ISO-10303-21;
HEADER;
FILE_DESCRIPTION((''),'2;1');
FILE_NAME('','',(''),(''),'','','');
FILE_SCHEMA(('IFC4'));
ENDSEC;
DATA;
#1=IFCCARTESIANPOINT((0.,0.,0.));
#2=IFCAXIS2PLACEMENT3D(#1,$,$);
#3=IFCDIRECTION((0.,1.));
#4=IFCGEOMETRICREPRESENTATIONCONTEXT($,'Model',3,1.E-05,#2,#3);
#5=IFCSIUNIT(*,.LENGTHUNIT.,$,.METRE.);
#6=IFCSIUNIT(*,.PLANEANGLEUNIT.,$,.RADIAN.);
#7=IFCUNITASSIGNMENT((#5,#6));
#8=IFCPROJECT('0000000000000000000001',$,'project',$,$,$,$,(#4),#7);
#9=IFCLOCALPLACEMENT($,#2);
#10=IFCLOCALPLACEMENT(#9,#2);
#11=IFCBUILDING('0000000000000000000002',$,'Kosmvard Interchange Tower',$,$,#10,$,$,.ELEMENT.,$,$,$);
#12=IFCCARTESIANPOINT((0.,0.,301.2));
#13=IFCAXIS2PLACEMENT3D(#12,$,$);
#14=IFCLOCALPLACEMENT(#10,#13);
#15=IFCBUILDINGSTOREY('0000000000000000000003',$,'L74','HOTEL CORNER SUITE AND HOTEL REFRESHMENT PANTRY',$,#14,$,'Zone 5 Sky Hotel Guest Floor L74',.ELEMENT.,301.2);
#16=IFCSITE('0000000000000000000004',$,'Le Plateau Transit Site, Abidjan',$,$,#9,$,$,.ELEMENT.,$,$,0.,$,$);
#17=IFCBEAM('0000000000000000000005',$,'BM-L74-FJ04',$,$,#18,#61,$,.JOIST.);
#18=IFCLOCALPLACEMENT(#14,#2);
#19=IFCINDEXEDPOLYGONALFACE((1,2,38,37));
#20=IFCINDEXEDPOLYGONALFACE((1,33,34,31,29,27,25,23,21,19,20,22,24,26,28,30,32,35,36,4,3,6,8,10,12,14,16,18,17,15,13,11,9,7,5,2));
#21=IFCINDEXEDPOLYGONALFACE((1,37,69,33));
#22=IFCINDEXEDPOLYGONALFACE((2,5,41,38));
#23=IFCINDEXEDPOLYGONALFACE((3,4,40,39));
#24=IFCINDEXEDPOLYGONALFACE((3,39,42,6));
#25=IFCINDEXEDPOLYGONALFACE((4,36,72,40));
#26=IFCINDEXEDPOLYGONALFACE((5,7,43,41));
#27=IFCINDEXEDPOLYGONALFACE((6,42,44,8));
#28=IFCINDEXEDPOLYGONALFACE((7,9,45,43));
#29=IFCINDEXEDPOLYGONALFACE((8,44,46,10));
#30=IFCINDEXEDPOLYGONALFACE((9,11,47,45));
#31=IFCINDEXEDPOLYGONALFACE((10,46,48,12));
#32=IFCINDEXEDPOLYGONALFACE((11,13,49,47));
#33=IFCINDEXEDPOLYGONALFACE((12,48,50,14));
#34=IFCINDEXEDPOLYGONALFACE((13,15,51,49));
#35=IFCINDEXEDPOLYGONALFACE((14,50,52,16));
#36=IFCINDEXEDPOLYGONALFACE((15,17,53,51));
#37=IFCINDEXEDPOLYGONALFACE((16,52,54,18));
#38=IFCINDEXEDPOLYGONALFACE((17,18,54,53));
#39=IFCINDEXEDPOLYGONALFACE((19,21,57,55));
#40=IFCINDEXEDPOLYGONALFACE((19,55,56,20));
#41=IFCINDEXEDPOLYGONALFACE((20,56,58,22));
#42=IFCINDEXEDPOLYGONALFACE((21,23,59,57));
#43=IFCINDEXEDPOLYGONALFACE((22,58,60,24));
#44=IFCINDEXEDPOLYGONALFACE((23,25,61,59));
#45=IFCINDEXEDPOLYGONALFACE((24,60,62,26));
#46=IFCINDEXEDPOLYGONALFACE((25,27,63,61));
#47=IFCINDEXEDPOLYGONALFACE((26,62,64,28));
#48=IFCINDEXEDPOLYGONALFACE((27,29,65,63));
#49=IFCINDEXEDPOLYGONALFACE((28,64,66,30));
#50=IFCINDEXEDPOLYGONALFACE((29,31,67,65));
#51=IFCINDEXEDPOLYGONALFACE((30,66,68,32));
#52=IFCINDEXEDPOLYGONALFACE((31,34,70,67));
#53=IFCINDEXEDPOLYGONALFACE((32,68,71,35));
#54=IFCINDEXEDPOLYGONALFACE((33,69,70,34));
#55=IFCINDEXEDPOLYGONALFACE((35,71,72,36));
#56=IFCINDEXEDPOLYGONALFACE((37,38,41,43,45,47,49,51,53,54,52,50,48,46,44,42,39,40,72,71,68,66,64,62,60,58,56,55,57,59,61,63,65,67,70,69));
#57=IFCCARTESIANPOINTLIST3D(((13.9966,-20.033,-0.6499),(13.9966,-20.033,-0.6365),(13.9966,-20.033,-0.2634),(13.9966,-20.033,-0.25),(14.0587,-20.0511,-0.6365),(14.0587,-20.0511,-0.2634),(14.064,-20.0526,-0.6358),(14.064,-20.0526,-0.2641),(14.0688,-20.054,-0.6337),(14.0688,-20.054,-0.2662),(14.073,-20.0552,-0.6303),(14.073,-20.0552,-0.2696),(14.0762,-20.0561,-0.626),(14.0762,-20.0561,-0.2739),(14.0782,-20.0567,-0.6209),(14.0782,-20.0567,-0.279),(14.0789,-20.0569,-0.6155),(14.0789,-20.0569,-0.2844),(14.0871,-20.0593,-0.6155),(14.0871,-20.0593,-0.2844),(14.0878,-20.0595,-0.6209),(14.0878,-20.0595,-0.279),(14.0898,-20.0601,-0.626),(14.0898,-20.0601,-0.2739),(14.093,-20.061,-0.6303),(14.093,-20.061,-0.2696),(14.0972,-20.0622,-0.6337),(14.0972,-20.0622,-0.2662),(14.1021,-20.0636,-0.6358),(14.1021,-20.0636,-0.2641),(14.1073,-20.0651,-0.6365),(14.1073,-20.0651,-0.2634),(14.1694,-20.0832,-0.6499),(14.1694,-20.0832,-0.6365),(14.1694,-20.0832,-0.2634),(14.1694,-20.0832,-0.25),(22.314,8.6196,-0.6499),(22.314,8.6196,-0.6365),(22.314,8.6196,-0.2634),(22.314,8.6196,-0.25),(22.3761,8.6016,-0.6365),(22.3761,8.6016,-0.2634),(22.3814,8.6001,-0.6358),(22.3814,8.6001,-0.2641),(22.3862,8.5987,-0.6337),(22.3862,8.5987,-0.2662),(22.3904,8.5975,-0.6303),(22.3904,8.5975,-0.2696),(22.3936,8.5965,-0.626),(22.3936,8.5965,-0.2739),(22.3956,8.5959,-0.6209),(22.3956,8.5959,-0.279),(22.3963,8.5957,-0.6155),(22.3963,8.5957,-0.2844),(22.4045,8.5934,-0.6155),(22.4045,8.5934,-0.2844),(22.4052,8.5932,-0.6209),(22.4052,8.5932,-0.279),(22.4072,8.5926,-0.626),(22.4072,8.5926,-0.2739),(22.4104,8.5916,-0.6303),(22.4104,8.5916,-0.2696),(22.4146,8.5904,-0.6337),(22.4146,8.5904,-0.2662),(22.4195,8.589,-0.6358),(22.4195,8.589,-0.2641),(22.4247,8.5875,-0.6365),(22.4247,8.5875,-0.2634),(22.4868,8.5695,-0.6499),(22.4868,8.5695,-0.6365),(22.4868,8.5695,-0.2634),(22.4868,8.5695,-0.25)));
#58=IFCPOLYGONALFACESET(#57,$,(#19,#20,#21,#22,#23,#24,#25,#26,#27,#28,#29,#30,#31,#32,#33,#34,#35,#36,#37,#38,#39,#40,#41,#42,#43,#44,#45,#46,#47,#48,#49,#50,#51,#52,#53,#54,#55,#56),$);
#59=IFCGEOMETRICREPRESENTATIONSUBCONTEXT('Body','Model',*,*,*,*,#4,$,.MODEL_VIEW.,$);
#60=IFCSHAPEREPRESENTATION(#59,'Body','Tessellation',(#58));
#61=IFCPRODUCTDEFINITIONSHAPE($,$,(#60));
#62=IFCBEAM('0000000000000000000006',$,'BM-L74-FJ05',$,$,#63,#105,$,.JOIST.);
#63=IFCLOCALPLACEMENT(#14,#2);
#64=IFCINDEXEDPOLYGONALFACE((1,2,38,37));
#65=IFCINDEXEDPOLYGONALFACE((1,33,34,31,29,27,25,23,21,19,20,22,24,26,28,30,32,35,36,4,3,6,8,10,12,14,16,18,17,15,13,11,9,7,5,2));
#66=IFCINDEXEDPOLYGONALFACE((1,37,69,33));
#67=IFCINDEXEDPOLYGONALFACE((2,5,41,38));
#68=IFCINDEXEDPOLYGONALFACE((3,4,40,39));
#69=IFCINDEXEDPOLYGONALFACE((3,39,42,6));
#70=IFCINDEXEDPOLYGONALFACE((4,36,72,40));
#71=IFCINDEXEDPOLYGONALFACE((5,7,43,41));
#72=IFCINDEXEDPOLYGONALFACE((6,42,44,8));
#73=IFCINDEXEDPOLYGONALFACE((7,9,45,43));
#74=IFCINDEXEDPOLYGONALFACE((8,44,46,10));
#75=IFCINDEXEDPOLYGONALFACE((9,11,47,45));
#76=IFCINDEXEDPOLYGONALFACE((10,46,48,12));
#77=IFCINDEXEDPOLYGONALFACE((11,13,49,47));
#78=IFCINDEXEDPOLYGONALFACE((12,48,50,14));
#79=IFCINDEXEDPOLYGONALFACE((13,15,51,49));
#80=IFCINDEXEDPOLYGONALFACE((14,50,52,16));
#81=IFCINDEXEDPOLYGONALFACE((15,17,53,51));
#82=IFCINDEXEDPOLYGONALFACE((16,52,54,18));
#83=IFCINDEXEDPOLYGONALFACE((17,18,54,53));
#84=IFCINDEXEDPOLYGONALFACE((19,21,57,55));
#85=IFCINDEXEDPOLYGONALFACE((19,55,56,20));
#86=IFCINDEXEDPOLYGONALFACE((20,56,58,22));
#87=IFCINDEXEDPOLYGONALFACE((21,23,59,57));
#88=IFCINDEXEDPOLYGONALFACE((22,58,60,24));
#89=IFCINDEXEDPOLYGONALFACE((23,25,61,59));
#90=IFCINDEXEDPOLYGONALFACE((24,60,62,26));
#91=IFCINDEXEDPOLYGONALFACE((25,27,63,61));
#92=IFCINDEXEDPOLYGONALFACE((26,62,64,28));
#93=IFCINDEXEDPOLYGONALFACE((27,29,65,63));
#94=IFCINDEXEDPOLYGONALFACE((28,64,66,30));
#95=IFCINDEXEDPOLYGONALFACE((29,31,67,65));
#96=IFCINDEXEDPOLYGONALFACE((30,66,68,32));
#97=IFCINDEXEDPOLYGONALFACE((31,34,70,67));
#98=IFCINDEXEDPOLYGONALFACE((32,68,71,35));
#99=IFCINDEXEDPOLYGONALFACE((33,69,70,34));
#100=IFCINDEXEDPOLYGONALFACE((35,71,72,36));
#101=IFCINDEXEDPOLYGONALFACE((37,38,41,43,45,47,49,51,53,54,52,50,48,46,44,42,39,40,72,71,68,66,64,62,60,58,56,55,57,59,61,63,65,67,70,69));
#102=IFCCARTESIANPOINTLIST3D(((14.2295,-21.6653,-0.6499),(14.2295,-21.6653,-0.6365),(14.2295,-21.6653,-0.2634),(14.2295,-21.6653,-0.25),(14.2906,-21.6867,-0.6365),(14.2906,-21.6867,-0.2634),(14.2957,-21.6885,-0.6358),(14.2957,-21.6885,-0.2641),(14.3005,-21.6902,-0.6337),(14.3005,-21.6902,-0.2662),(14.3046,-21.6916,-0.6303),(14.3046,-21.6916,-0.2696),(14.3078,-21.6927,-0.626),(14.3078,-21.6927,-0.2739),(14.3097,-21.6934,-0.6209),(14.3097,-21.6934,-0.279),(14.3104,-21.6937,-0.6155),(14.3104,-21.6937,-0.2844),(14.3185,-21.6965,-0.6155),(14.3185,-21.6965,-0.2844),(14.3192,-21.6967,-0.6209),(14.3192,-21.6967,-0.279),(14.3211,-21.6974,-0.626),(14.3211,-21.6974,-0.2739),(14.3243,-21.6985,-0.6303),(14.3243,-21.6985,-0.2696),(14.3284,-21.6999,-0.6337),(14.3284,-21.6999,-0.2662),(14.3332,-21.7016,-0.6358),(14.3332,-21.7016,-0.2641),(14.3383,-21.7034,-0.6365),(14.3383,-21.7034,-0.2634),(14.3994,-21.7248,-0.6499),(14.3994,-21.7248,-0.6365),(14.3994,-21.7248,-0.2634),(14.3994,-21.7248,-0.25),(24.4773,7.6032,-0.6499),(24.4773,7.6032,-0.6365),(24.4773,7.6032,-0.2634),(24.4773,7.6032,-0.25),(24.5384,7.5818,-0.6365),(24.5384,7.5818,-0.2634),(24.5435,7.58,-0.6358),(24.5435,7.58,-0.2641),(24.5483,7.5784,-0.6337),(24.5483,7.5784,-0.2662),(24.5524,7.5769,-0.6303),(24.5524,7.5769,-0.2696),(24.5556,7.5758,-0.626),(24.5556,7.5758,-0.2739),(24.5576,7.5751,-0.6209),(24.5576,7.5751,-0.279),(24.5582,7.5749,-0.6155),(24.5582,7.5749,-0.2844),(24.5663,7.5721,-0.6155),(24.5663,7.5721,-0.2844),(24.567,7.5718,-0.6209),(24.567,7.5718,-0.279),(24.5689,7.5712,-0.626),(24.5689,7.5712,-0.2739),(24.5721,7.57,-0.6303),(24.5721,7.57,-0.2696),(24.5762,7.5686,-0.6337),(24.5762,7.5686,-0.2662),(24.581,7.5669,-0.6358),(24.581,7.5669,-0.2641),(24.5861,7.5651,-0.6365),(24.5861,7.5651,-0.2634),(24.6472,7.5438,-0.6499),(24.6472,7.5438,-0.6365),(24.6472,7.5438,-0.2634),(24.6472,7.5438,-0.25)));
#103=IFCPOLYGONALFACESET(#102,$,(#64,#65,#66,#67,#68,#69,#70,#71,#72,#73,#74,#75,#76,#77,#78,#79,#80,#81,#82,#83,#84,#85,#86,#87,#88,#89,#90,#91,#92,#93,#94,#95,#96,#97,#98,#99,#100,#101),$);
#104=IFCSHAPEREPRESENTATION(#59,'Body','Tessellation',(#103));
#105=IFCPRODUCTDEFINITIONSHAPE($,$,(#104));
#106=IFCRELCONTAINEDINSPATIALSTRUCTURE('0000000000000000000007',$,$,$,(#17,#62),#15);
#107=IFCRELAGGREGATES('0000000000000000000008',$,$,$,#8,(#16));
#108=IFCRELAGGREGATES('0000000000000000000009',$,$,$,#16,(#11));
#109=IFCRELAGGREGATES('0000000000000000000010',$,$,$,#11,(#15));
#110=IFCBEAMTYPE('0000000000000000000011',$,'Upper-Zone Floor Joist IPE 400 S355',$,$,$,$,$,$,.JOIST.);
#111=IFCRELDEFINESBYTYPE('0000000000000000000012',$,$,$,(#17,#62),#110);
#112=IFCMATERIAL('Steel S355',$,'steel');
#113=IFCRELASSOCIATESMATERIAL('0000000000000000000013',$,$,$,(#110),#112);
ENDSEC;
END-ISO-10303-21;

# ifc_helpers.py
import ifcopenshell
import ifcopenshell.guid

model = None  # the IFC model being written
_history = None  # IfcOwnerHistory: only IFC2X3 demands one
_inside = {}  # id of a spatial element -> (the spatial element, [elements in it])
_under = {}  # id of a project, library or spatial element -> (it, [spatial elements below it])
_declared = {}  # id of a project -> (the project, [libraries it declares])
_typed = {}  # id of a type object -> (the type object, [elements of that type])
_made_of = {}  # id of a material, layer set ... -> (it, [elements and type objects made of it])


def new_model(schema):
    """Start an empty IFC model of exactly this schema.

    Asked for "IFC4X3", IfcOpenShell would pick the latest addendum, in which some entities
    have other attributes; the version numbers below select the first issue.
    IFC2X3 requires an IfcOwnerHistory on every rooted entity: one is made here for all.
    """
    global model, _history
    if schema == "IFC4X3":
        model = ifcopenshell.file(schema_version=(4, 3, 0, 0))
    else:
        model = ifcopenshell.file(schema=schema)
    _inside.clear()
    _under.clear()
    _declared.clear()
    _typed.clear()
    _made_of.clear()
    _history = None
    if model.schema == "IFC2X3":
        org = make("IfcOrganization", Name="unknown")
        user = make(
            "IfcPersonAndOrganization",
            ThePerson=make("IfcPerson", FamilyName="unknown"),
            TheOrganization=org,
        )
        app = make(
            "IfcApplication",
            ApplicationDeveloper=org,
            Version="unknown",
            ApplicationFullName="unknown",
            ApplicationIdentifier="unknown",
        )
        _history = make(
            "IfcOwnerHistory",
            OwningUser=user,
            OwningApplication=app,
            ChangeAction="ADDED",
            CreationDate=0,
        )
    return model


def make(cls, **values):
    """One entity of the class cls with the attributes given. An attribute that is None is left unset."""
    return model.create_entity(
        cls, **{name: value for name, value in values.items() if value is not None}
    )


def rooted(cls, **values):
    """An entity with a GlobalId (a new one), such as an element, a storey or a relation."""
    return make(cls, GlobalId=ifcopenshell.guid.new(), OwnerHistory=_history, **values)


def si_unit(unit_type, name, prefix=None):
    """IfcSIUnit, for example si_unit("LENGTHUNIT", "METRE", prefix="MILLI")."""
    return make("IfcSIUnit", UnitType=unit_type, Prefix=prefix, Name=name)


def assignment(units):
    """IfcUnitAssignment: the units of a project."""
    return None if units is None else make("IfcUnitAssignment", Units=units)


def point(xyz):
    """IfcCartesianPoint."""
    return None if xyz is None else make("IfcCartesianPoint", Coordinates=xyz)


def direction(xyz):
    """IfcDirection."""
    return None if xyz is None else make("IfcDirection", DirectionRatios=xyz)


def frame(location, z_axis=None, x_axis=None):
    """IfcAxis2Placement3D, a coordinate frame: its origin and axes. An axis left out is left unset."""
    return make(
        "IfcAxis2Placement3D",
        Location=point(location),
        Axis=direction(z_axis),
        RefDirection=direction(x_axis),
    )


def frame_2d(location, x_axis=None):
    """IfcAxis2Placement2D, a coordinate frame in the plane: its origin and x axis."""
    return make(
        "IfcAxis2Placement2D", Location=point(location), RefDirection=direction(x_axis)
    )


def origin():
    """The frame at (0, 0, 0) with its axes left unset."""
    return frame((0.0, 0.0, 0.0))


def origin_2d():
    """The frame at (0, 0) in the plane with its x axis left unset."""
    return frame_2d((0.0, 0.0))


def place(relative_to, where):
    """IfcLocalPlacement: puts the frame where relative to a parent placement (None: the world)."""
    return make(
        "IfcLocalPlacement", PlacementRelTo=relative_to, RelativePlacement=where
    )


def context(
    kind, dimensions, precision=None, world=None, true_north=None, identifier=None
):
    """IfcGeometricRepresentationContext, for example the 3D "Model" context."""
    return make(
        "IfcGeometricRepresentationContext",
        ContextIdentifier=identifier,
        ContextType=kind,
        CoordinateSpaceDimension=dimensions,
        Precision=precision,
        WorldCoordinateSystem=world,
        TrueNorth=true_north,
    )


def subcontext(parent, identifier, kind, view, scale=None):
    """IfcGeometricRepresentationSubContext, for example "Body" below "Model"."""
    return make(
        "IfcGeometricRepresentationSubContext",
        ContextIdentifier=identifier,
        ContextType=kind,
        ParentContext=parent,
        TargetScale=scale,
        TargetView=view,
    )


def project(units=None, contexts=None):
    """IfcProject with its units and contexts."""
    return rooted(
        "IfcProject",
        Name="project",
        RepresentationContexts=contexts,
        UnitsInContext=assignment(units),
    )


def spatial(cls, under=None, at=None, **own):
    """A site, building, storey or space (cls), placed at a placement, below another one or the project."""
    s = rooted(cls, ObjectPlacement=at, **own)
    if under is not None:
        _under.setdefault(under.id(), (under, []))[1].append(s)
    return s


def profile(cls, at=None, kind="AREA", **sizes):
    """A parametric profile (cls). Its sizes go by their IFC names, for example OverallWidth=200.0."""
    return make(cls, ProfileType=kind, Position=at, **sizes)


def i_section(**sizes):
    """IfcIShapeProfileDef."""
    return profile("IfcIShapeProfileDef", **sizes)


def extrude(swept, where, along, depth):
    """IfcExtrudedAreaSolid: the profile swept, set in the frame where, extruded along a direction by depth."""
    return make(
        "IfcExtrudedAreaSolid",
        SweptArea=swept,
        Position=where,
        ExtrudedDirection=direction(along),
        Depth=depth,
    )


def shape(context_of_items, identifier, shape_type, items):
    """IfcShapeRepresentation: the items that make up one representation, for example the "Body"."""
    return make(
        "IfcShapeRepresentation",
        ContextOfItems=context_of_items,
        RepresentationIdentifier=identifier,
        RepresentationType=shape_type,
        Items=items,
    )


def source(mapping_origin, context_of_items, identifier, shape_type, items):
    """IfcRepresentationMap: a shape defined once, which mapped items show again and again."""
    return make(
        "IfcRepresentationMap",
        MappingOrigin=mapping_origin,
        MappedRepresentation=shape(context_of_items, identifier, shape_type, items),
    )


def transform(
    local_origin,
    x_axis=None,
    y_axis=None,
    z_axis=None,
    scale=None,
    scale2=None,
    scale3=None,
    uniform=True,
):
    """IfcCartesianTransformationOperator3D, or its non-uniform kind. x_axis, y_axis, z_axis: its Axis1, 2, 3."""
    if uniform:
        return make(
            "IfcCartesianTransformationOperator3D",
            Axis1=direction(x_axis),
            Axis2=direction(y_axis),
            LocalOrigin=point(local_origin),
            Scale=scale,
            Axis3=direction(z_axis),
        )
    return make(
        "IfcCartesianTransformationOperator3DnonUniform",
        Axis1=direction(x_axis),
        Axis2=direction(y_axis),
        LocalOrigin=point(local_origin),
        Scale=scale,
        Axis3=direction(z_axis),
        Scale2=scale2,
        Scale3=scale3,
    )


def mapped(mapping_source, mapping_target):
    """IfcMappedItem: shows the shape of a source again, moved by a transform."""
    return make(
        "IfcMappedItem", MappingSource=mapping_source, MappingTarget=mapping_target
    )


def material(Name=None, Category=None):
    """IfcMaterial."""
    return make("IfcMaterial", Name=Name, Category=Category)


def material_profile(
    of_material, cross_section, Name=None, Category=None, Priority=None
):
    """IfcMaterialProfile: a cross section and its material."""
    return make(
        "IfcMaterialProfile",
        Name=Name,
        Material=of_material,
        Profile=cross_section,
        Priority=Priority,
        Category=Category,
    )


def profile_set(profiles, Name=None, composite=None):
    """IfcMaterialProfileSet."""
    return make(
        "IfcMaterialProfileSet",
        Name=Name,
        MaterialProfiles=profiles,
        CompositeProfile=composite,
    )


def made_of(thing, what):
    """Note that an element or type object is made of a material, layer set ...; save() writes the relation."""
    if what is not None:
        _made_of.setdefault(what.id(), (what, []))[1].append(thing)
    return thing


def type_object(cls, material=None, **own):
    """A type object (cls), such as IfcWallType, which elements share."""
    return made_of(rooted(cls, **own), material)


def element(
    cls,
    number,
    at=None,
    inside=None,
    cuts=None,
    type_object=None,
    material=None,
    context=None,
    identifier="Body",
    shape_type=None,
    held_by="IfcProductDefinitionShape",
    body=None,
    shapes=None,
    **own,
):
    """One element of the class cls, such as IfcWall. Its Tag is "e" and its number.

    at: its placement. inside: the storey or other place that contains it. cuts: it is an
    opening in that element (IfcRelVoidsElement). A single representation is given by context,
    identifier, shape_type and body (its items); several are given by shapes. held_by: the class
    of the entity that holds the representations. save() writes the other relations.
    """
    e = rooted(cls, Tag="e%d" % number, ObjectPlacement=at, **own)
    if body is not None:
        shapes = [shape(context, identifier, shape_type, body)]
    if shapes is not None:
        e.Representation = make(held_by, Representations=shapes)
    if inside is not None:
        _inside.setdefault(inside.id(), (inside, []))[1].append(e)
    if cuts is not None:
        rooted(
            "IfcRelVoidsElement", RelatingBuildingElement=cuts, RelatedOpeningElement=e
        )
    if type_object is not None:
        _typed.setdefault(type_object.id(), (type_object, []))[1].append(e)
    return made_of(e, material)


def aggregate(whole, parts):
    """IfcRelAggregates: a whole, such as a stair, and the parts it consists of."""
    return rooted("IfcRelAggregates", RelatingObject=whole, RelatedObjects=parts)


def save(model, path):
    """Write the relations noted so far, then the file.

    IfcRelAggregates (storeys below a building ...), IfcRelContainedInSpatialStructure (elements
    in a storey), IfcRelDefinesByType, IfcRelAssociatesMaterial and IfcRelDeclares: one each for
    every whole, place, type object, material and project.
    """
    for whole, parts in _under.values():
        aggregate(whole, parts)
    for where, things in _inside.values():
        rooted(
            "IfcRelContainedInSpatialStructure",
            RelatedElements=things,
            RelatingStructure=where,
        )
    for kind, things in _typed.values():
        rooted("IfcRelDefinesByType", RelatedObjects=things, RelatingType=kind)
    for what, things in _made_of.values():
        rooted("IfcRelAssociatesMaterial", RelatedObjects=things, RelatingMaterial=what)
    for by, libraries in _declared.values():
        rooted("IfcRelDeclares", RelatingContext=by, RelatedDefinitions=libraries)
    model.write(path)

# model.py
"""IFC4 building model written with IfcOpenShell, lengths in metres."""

from ifc_helpers import new_model, si_unit, direction, frame, origin, origin_2d, place, context, subcontext, project, spatial, i_section, extrude, source, transform, mapped, material, material_profile, profile_set, type_object, element, save


model = new_model("IFC4")

# Units and contexts
model_context = context("Model", 3, precision=1e-05, world=origin(), true_north=direction((0.0, 1.0)))
body_context = subcontext(model_context, "Body", "Model", "MODEL_VIEW")
ifc_project = project(units=[si_unit("LENGTHUNIT", "METRE"), si_unit("PLANEANGLEUNIT", "RADIAN")], contexts=[model_context])

# Site, building, storey
site_placement = place(None, origin())
site = spatial("IfcSite", under=ifc_project, at=site_placement, Name="Le Plateau Transit Site, Abidjan", CompositionType="ELEMENT", RefElevation=0.0)
building_placement = place(site_placement, origin())
building = spatial("IfcBuilding", under=site, at=building_placement, Name="Kosmvard Interchange Tower", CompositionType="ELEMENT")
storey_placement = place(building_placement, frame((0.0, 0.0, 301.2)))
storey = spatial("IfcBuildingStorey", under=building, at=storey_placement, Name="L74", Description="HOTEL CORNER SUITE AND HOTEL REFRESHMENT PANTRY", LongName="Zone 5 Sky Hotel Guest Floor L74", CompositionType="ELEMENT", Elevation=301.2)

# Beams
ifc_material_1 = material(Name="Steel S355", Category="steel")
ifc_material_profile_1 = material_profile(ifc_material_1, i_section(OverallWidth=0.1799, OverallDepth=0.3999, WebThickness=0.0085, FlangeThickness=0.0134, FilletRadius=0.021, at=origin_2d()), Name="IPE 400")
ifc_profile_set_1 = profile_set([ifc_material_profile_1], Name="Steel S355")
beam_type_1 = type_object("IfcBeamType", Name="Upper-Zone Floor Joist IPE 400 S355", PredefinedType="JOIST", material=ifc_profile_set_1)
shared_shape_1 = source(origin(), body_context, "Body", "SweptSolid", [
    extrude(i_section(OverallWidth=0.1799, OverallDepth=0.3999, WebThickness=0.0085, FlangeThickness=0.0134, FilletRadius=0.021, at=origin_2d()), origin(), (0.0, 0.0, 1.0), 29.8354),
])
beam_1_placement = place(storey_placement, frame((14.083, -20.0581, -0.45), z_axis=(0.278776, 0.960356, 0.0), x_axis=(-0.960356, 0.278776, 0.0)))
element("IfcBeam", 1, at=beam_1_placement, inside=storey, type_object=beam_type_1, Name="BM-L74-FJ04", PredefinedType="JOIST", context=body_context, shape_type="MappedRepresentation", body=[
    mapped(shared_shape_1, transform((0.0, 0.0, 0.0), scale=1.0)),
])
shared_shape_2 = source(origin(), body_context, "Body", "SweptSolid", [
    extrude(i_section(OverallWidth=0.1799, OverallDepth=0.3999, WebThickness=0.0085, FlangeThickness=0.0134, FilletRadius=0.021, at=origin_2d()), origin(), (0.0, 0.0, 1.0), 31.0107),
])
beam_2_placement = place(storey_placement, frame((14.3145, -21.6951, -0.45), z_axis=(0.33046, 0.94382, 0.0), x_axis=(-0.94382, 0.33046, 0.0)))
element("IfcBeam", 2, at=beam_2_placement, inside=storey, type_object=beam_type_1, Name="BM-L74-FJ05", PredefinedType="JOIST", context=body_context, shape_type="MappedRepresentation", body=[
    mapped(shared_shape_2, transform((0.0, 0.0, 0.0), scale=1.0)),
])

save(model, "model.ifc")
